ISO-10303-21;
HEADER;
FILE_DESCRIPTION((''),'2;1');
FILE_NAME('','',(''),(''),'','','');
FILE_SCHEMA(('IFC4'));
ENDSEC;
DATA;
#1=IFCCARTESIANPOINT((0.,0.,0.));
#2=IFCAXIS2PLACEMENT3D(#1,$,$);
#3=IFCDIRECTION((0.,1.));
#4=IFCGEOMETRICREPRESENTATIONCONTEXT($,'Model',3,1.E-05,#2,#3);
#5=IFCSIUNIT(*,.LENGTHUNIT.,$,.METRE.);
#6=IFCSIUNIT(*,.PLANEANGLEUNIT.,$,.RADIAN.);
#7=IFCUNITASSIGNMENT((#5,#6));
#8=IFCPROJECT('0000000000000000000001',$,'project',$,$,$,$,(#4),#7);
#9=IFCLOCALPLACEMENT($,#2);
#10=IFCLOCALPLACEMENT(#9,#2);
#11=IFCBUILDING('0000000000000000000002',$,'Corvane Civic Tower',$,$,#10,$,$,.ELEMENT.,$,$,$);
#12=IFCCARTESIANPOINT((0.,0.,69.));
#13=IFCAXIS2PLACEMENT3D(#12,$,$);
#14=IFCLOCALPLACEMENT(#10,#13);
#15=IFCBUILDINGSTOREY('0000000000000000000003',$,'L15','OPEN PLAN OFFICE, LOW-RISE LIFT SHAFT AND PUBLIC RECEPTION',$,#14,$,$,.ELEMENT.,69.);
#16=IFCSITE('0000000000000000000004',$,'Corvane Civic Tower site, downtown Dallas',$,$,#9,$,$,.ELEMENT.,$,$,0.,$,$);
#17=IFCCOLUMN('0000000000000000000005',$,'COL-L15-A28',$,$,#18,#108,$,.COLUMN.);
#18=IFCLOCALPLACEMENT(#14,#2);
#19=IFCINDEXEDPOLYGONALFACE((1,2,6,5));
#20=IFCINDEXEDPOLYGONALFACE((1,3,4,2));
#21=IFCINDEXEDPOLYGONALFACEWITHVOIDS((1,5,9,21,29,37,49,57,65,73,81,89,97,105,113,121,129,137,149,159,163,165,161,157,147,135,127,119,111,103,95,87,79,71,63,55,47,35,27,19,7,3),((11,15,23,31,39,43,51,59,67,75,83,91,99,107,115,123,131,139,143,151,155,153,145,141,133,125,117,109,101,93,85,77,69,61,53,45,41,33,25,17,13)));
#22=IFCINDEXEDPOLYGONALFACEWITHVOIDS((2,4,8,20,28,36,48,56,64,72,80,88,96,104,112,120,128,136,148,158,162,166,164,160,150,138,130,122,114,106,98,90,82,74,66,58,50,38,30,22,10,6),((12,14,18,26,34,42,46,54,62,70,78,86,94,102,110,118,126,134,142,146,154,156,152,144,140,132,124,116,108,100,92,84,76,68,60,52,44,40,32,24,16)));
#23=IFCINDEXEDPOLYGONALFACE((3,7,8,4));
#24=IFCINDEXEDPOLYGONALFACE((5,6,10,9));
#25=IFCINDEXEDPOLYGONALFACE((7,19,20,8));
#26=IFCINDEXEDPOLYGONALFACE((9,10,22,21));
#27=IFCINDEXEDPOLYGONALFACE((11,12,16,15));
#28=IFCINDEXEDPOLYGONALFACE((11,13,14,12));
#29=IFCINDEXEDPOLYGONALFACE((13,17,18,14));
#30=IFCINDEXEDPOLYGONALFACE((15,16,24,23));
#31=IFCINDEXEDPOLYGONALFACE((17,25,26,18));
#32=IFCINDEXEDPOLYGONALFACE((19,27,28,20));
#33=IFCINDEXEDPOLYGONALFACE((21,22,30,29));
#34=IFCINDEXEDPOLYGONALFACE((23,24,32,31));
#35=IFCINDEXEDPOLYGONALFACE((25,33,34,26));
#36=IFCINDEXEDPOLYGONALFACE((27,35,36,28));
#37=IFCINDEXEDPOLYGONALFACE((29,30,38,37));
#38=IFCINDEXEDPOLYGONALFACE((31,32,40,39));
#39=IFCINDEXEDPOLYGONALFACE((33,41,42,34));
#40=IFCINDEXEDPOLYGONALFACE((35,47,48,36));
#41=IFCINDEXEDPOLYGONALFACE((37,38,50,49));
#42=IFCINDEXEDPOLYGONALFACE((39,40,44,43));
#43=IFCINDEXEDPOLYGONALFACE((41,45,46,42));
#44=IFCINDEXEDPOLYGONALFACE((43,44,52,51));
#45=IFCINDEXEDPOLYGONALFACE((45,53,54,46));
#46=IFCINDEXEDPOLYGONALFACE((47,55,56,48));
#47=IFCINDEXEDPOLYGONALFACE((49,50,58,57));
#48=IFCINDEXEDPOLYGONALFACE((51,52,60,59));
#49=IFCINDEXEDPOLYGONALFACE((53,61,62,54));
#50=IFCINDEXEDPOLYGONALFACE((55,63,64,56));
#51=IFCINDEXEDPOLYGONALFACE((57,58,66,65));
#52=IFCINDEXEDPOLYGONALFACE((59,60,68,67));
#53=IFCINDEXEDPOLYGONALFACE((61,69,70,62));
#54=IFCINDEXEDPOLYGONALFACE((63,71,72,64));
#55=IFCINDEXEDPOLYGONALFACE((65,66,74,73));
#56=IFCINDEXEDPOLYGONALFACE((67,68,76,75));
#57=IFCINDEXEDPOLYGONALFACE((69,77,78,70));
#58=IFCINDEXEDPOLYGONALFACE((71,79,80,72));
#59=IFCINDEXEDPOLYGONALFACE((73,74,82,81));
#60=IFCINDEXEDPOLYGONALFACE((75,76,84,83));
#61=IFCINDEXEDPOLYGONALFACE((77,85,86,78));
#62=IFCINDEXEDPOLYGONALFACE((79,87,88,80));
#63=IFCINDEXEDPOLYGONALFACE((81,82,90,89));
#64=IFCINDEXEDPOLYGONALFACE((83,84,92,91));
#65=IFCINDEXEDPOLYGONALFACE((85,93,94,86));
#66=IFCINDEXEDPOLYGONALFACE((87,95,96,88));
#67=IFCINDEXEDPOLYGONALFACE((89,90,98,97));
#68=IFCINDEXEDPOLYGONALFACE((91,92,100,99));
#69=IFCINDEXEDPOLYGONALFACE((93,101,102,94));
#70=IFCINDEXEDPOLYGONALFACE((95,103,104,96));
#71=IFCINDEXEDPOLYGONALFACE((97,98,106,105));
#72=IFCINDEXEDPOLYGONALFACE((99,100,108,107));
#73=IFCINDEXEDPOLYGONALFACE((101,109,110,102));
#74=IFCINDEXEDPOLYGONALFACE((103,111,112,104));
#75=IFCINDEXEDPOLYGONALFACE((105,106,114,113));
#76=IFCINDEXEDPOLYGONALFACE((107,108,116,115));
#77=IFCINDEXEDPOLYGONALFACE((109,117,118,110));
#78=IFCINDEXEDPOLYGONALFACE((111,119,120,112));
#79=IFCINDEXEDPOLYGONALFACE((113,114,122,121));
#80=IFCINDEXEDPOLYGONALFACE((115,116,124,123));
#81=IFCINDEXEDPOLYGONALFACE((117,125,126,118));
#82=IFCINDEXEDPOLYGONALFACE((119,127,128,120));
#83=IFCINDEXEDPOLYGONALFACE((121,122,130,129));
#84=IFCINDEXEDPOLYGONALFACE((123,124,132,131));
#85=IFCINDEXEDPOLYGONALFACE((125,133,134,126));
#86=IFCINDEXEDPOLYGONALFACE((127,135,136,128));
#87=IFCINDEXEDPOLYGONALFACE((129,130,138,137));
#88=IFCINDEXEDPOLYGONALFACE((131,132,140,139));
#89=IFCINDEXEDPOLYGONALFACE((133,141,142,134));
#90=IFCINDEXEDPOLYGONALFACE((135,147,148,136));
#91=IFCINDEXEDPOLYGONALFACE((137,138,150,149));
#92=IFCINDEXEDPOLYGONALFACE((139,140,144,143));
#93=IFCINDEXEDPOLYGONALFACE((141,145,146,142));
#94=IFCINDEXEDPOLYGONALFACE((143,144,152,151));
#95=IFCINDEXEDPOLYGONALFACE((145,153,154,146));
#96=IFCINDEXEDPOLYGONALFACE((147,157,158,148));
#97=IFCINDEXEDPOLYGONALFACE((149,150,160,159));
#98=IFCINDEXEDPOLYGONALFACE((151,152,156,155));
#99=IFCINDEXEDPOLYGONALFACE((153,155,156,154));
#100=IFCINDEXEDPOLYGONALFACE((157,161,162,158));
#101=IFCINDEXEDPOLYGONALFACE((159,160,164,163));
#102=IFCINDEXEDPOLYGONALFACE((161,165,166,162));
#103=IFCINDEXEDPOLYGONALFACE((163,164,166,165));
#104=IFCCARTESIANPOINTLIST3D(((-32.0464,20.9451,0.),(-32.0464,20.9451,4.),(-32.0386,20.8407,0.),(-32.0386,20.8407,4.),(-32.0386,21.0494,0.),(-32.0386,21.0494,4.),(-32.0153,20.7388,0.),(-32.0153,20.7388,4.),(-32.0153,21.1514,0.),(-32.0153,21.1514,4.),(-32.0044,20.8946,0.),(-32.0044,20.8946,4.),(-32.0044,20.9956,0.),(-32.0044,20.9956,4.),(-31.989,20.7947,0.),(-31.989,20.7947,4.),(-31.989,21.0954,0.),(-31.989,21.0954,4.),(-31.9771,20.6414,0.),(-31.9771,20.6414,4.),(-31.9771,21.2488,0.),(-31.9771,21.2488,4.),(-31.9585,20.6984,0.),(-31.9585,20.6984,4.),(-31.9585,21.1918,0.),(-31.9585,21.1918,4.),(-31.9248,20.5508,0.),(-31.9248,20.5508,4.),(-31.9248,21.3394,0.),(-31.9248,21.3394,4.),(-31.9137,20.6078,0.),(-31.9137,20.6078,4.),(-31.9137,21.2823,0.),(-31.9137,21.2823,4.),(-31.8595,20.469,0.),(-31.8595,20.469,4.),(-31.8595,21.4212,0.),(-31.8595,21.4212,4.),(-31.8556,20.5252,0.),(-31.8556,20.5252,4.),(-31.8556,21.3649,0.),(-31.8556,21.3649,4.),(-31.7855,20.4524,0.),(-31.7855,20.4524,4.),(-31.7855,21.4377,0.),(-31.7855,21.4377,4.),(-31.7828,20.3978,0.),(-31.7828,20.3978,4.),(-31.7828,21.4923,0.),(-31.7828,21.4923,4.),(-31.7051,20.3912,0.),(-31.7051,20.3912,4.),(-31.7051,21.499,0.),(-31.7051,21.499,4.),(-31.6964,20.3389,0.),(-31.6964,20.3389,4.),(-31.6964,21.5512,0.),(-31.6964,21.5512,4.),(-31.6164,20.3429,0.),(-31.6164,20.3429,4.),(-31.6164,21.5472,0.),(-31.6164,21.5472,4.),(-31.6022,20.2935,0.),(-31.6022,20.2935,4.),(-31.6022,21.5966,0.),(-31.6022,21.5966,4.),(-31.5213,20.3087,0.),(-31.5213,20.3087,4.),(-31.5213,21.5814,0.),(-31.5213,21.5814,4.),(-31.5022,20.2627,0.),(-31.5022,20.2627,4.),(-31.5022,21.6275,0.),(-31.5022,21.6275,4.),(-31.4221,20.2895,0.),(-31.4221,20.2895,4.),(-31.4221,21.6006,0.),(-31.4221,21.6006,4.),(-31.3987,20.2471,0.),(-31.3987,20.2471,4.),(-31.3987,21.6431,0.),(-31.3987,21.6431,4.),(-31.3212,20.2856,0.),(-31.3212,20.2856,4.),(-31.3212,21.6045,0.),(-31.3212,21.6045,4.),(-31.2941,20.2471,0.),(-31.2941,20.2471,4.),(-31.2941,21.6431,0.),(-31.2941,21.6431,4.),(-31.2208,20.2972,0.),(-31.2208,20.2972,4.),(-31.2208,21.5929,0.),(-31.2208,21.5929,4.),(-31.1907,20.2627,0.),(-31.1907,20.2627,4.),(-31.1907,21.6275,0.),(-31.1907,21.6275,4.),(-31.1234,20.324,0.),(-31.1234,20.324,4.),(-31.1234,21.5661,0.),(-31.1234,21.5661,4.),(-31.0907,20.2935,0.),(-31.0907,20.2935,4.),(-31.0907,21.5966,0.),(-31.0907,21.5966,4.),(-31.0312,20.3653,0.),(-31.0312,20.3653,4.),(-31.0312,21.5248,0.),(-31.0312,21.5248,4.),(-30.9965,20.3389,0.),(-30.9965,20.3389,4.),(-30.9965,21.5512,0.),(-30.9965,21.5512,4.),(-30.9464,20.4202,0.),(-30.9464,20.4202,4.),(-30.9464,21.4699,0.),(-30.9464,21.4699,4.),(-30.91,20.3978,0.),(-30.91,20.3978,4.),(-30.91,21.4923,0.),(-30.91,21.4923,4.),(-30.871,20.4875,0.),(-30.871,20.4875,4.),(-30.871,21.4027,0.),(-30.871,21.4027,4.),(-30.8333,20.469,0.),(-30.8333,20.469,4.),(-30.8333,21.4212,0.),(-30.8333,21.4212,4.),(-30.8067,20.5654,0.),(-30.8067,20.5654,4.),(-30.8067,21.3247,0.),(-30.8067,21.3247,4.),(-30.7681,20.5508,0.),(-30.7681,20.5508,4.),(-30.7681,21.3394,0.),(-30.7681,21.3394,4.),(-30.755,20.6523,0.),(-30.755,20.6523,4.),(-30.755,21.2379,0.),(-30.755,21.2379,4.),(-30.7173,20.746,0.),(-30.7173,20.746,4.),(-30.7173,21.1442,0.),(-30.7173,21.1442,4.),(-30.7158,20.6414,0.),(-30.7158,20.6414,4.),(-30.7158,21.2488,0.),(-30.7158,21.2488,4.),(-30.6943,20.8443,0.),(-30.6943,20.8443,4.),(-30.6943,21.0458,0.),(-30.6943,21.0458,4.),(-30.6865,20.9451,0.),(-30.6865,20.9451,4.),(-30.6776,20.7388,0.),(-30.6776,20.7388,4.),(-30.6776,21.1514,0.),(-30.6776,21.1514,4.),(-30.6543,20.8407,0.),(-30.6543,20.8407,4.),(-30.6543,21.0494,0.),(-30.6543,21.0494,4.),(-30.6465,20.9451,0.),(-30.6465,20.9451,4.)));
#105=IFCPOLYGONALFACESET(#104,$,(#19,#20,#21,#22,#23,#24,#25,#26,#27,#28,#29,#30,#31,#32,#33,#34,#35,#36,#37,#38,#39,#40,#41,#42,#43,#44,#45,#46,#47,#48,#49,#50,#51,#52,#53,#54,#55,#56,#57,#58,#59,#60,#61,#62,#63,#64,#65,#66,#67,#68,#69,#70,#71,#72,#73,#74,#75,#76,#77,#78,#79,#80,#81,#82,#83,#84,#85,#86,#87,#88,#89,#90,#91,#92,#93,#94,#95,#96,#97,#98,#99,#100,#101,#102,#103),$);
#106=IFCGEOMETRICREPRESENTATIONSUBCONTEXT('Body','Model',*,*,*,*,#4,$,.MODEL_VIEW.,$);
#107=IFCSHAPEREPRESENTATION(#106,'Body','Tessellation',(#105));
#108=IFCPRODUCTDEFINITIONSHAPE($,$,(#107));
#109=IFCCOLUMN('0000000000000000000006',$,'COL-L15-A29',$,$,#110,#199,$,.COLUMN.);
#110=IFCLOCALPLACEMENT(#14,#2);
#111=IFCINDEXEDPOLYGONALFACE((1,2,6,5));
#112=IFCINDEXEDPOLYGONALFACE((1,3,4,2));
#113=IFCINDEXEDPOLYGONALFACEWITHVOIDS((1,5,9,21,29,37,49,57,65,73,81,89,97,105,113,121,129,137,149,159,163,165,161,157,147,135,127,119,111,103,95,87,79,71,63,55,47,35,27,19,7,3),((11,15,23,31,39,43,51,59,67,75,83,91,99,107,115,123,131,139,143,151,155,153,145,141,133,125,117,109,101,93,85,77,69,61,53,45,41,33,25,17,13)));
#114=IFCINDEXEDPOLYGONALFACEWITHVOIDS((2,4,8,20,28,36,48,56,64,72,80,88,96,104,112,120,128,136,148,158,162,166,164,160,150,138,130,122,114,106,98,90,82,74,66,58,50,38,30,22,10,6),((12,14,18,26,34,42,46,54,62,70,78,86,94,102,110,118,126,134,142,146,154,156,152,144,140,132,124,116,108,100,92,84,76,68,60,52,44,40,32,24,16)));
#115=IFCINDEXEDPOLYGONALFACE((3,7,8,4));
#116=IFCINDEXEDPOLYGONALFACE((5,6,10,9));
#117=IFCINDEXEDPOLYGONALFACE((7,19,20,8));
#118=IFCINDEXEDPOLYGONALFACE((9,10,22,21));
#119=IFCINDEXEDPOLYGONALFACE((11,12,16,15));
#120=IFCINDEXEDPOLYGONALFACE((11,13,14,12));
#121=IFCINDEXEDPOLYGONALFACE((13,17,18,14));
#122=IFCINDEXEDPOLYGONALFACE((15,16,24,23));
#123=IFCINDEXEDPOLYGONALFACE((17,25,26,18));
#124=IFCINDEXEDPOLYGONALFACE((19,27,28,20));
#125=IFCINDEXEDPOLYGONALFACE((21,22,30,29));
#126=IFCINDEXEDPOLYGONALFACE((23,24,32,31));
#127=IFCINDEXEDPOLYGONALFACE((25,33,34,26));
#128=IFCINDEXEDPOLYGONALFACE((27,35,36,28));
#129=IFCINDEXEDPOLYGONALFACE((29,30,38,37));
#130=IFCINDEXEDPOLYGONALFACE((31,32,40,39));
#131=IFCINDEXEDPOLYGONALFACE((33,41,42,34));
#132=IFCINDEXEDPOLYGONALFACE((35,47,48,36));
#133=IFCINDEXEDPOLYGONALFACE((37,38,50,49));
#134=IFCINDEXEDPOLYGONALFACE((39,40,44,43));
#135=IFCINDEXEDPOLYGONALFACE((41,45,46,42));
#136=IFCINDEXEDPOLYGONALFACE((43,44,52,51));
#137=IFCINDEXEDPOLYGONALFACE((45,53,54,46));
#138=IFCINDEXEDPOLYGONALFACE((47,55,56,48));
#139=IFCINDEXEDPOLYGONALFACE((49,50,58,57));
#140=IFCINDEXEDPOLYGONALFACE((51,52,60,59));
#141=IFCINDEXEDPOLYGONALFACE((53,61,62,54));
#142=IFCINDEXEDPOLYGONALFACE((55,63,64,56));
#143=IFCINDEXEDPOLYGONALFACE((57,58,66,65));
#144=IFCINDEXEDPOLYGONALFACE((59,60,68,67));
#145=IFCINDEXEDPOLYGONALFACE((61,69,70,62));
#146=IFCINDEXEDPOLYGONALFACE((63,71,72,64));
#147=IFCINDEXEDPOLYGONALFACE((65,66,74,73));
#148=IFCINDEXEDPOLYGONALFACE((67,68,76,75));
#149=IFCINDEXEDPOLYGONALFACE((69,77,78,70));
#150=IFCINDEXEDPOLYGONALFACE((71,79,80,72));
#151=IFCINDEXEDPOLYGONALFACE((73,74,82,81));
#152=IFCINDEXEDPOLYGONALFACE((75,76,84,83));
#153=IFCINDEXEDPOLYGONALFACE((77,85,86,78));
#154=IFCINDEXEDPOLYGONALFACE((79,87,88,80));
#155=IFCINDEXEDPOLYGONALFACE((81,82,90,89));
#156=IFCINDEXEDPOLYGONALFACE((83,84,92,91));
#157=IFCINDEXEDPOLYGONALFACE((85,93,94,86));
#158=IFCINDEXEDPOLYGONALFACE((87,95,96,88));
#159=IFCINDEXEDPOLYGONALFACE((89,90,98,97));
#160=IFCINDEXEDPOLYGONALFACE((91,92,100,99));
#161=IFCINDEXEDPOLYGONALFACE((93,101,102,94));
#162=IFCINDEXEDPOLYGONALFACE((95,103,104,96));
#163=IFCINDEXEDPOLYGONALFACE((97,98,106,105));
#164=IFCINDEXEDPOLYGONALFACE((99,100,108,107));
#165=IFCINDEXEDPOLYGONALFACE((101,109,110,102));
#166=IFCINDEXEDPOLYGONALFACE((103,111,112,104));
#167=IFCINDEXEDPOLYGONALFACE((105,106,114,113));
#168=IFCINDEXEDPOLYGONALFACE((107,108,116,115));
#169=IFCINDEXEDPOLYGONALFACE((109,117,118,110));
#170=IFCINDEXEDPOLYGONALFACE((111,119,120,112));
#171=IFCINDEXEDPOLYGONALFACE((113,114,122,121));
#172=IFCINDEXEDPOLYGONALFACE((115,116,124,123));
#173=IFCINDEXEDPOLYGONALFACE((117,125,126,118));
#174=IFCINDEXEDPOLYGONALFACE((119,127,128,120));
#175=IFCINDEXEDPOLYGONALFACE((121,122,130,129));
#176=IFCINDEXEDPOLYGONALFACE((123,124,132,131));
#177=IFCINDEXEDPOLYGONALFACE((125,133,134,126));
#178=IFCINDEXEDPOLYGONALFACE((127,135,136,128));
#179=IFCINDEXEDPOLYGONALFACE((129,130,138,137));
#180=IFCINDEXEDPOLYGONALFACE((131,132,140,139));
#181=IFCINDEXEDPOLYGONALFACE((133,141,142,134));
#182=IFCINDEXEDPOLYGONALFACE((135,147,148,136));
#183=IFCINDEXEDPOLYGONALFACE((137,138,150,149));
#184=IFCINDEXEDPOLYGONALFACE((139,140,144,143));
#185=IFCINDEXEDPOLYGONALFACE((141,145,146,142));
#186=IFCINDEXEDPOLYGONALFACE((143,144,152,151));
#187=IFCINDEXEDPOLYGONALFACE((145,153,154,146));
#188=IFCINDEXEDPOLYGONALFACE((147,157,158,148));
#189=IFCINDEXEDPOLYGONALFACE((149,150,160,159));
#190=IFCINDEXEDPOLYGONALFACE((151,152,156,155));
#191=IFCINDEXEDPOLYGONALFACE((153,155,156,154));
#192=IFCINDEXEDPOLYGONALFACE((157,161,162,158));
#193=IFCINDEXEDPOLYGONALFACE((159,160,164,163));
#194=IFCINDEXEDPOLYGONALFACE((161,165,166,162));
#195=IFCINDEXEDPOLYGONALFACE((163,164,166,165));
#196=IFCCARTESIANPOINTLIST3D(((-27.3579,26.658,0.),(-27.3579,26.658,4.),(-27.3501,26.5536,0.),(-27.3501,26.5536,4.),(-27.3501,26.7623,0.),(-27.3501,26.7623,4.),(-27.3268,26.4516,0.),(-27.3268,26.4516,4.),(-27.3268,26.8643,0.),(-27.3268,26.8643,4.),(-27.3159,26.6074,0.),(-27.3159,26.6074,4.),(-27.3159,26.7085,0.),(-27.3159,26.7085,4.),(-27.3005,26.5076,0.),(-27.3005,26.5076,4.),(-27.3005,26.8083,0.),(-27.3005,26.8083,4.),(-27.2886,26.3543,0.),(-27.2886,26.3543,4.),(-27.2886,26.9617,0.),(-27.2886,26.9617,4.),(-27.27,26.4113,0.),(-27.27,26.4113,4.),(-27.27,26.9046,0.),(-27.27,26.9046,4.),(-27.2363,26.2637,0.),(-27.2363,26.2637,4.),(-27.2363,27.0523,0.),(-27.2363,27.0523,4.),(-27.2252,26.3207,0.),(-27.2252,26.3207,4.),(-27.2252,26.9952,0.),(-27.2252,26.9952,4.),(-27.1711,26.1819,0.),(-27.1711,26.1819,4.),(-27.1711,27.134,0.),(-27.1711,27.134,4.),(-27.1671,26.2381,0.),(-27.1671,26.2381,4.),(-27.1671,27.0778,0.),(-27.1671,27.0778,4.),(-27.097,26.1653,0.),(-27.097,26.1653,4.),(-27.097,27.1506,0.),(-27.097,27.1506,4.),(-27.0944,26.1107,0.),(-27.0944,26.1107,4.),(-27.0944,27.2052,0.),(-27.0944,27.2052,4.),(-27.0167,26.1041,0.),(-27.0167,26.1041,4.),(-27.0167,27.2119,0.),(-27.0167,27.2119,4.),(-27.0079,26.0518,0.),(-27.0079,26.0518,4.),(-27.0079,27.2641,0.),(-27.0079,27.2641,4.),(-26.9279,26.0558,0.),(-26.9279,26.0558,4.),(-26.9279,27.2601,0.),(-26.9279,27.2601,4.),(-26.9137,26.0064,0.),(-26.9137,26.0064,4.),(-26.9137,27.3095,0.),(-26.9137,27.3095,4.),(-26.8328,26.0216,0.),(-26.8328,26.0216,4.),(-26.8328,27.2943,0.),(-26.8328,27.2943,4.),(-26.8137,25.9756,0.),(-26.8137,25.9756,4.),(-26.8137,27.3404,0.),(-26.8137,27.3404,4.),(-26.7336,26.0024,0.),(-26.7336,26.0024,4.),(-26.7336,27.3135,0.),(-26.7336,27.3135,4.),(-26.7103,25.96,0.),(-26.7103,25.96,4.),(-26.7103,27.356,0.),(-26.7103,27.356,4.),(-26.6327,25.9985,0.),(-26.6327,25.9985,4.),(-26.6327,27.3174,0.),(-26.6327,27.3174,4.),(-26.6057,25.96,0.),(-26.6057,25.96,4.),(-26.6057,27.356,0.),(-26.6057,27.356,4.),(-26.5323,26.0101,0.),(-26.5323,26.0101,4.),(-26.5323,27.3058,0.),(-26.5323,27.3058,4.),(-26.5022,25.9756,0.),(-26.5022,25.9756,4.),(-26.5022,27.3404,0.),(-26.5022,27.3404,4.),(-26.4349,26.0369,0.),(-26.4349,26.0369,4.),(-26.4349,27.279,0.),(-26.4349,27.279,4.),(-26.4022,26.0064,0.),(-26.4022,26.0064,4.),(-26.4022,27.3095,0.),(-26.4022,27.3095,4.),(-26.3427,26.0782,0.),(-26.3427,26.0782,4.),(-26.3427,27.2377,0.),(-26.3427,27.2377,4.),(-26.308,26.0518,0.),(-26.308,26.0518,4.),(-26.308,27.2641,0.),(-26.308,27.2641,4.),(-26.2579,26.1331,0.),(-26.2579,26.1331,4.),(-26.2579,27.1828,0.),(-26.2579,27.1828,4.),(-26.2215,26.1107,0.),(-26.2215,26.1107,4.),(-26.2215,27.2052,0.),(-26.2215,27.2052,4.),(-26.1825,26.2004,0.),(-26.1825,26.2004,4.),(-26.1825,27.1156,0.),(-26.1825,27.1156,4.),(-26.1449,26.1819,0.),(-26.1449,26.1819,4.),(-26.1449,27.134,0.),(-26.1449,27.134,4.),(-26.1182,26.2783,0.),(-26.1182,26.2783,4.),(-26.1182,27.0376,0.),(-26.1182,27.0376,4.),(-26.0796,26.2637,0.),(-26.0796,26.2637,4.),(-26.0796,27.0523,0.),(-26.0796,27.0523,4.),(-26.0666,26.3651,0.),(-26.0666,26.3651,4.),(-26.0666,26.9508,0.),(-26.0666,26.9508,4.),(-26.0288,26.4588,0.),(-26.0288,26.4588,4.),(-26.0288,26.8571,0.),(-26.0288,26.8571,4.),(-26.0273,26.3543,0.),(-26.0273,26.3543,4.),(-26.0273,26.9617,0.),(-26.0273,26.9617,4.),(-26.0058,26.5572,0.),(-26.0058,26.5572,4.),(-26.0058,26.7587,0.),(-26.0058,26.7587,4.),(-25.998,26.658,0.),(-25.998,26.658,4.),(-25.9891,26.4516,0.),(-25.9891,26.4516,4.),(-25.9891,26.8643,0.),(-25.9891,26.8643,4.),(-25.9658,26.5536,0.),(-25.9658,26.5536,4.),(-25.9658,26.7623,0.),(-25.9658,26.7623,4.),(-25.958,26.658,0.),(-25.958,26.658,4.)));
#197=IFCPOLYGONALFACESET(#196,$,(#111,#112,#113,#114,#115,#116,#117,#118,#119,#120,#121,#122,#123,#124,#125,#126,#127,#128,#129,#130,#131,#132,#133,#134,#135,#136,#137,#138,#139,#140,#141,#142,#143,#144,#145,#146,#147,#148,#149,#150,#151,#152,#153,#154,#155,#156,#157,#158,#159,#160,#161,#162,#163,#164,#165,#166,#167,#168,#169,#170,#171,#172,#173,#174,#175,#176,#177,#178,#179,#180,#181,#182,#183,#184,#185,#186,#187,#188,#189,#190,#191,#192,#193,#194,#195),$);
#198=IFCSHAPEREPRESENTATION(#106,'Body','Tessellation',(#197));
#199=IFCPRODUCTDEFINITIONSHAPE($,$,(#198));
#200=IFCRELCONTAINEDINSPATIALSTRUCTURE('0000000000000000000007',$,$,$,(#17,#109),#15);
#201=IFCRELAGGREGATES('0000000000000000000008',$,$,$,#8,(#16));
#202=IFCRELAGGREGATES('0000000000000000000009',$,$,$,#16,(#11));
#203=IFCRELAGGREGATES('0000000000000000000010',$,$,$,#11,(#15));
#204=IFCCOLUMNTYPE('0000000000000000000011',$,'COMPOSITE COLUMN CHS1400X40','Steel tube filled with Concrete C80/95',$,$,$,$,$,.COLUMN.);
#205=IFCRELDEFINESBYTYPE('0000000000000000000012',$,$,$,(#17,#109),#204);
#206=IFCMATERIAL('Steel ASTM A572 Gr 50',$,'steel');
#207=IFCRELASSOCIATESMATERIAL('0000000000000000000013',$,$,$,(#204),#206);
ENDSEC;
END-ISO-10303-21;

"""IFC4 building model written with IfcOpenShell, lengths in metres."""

from ifc_helpers import new_model, si_unit, direction, frame, origin, origin_2d, place, context, subcontext, project, spatial, hollow_circle, extrude, material, material_profile, profile_set, type_object, element, save


model = new_model("IFC4")

# Units and contexts
model_context = context("Model", 3, precision=1e-05, world=origin(), true_north=direction((0.0, 1.0)))
body_context = subcontext(model_context, "Body", "Model", "MODEL_VIEW")
ifc_project = project(units=[si_unit("LENGTHUNIT", "METRE"), si_unit("PLANEANGLEUNIT", "RADIAN")], contexts=[model_context])

# Site, building, storey
site_placement = place(None, origin())
site = spatial("IfcSite", under=ifc_project, at=site_placement, Name="Corvane Civic Tower site, downtown Dallas", CompositionType="ELEMENT", RefElevation=0.0)
building_placement = place(site_placement, origin())
building = spatial("IfcBuilding", under=site, at=building_placement, Name="Corvane Civic Tower", CompositionType="ELEMENT")
storey_placement = place(building_placement, frame((0.0, 0.0, 69.0)))
storey = spatial("IfcBuildingStorey", under=building, at=storey_placement, Name="L15", Description="OPEN PLAN OFFICE, LOW-RISE LIFT SHAFT AND PUBLIC RECEPTION", CompositionType="ELEMENT", Elevation=69.0)

# Columns
ifc_material_1 = material(Name="Steel ASTM A572 Gr 50", Category="steel")
ifc_material_profile_1 = material_profile(ifc_material_1, hollow_circle(Radius=0.7, WallThickness=0.04, at=origin_2d()), Name="CHS1400X40")
ifc_profile_set_1 = profile_set([ifc_material_profile_1], Name="Steel ASTM A572 Gr 50")
column_type = type_object("IfcColumnType", Name="COMPOSITE COLUMN CHS1400X40", Description="Steel tube filled with Concrete C80/95", PredefinedType="COLUMN", material=ifc_profile_set_1)
for number, where, z_axis, x_axis, name in (
    (1, (-31.3464, 20.9451, 0.0), (0.0, 0.0, 1.0), (1.0, 0.0, 0.0), "COL-L15-A28"),
    (2, (-26.658, 26.658, 0.0), (0.0, 0.0, 1.0), (1.0, 0.0, 0.0), "COL-L15-A29"),
):
    element("IfcColumn", number, at=place(storey_placement, frame(where, z_axis=z_axis, x_axis=x_axis)), inside=storey, type_object=column_type, Name=name, PredefinedType="COLUMN", context=body_context, shape_type="SweptSolid", body=[
        extrude(hollow_circle(Radius=0.7, WallThickness=0.04, at=origin_2d()), origin(), (0.0, 0.0, 1.0), 4.0),
    ])

save(model, "model.ifc")
